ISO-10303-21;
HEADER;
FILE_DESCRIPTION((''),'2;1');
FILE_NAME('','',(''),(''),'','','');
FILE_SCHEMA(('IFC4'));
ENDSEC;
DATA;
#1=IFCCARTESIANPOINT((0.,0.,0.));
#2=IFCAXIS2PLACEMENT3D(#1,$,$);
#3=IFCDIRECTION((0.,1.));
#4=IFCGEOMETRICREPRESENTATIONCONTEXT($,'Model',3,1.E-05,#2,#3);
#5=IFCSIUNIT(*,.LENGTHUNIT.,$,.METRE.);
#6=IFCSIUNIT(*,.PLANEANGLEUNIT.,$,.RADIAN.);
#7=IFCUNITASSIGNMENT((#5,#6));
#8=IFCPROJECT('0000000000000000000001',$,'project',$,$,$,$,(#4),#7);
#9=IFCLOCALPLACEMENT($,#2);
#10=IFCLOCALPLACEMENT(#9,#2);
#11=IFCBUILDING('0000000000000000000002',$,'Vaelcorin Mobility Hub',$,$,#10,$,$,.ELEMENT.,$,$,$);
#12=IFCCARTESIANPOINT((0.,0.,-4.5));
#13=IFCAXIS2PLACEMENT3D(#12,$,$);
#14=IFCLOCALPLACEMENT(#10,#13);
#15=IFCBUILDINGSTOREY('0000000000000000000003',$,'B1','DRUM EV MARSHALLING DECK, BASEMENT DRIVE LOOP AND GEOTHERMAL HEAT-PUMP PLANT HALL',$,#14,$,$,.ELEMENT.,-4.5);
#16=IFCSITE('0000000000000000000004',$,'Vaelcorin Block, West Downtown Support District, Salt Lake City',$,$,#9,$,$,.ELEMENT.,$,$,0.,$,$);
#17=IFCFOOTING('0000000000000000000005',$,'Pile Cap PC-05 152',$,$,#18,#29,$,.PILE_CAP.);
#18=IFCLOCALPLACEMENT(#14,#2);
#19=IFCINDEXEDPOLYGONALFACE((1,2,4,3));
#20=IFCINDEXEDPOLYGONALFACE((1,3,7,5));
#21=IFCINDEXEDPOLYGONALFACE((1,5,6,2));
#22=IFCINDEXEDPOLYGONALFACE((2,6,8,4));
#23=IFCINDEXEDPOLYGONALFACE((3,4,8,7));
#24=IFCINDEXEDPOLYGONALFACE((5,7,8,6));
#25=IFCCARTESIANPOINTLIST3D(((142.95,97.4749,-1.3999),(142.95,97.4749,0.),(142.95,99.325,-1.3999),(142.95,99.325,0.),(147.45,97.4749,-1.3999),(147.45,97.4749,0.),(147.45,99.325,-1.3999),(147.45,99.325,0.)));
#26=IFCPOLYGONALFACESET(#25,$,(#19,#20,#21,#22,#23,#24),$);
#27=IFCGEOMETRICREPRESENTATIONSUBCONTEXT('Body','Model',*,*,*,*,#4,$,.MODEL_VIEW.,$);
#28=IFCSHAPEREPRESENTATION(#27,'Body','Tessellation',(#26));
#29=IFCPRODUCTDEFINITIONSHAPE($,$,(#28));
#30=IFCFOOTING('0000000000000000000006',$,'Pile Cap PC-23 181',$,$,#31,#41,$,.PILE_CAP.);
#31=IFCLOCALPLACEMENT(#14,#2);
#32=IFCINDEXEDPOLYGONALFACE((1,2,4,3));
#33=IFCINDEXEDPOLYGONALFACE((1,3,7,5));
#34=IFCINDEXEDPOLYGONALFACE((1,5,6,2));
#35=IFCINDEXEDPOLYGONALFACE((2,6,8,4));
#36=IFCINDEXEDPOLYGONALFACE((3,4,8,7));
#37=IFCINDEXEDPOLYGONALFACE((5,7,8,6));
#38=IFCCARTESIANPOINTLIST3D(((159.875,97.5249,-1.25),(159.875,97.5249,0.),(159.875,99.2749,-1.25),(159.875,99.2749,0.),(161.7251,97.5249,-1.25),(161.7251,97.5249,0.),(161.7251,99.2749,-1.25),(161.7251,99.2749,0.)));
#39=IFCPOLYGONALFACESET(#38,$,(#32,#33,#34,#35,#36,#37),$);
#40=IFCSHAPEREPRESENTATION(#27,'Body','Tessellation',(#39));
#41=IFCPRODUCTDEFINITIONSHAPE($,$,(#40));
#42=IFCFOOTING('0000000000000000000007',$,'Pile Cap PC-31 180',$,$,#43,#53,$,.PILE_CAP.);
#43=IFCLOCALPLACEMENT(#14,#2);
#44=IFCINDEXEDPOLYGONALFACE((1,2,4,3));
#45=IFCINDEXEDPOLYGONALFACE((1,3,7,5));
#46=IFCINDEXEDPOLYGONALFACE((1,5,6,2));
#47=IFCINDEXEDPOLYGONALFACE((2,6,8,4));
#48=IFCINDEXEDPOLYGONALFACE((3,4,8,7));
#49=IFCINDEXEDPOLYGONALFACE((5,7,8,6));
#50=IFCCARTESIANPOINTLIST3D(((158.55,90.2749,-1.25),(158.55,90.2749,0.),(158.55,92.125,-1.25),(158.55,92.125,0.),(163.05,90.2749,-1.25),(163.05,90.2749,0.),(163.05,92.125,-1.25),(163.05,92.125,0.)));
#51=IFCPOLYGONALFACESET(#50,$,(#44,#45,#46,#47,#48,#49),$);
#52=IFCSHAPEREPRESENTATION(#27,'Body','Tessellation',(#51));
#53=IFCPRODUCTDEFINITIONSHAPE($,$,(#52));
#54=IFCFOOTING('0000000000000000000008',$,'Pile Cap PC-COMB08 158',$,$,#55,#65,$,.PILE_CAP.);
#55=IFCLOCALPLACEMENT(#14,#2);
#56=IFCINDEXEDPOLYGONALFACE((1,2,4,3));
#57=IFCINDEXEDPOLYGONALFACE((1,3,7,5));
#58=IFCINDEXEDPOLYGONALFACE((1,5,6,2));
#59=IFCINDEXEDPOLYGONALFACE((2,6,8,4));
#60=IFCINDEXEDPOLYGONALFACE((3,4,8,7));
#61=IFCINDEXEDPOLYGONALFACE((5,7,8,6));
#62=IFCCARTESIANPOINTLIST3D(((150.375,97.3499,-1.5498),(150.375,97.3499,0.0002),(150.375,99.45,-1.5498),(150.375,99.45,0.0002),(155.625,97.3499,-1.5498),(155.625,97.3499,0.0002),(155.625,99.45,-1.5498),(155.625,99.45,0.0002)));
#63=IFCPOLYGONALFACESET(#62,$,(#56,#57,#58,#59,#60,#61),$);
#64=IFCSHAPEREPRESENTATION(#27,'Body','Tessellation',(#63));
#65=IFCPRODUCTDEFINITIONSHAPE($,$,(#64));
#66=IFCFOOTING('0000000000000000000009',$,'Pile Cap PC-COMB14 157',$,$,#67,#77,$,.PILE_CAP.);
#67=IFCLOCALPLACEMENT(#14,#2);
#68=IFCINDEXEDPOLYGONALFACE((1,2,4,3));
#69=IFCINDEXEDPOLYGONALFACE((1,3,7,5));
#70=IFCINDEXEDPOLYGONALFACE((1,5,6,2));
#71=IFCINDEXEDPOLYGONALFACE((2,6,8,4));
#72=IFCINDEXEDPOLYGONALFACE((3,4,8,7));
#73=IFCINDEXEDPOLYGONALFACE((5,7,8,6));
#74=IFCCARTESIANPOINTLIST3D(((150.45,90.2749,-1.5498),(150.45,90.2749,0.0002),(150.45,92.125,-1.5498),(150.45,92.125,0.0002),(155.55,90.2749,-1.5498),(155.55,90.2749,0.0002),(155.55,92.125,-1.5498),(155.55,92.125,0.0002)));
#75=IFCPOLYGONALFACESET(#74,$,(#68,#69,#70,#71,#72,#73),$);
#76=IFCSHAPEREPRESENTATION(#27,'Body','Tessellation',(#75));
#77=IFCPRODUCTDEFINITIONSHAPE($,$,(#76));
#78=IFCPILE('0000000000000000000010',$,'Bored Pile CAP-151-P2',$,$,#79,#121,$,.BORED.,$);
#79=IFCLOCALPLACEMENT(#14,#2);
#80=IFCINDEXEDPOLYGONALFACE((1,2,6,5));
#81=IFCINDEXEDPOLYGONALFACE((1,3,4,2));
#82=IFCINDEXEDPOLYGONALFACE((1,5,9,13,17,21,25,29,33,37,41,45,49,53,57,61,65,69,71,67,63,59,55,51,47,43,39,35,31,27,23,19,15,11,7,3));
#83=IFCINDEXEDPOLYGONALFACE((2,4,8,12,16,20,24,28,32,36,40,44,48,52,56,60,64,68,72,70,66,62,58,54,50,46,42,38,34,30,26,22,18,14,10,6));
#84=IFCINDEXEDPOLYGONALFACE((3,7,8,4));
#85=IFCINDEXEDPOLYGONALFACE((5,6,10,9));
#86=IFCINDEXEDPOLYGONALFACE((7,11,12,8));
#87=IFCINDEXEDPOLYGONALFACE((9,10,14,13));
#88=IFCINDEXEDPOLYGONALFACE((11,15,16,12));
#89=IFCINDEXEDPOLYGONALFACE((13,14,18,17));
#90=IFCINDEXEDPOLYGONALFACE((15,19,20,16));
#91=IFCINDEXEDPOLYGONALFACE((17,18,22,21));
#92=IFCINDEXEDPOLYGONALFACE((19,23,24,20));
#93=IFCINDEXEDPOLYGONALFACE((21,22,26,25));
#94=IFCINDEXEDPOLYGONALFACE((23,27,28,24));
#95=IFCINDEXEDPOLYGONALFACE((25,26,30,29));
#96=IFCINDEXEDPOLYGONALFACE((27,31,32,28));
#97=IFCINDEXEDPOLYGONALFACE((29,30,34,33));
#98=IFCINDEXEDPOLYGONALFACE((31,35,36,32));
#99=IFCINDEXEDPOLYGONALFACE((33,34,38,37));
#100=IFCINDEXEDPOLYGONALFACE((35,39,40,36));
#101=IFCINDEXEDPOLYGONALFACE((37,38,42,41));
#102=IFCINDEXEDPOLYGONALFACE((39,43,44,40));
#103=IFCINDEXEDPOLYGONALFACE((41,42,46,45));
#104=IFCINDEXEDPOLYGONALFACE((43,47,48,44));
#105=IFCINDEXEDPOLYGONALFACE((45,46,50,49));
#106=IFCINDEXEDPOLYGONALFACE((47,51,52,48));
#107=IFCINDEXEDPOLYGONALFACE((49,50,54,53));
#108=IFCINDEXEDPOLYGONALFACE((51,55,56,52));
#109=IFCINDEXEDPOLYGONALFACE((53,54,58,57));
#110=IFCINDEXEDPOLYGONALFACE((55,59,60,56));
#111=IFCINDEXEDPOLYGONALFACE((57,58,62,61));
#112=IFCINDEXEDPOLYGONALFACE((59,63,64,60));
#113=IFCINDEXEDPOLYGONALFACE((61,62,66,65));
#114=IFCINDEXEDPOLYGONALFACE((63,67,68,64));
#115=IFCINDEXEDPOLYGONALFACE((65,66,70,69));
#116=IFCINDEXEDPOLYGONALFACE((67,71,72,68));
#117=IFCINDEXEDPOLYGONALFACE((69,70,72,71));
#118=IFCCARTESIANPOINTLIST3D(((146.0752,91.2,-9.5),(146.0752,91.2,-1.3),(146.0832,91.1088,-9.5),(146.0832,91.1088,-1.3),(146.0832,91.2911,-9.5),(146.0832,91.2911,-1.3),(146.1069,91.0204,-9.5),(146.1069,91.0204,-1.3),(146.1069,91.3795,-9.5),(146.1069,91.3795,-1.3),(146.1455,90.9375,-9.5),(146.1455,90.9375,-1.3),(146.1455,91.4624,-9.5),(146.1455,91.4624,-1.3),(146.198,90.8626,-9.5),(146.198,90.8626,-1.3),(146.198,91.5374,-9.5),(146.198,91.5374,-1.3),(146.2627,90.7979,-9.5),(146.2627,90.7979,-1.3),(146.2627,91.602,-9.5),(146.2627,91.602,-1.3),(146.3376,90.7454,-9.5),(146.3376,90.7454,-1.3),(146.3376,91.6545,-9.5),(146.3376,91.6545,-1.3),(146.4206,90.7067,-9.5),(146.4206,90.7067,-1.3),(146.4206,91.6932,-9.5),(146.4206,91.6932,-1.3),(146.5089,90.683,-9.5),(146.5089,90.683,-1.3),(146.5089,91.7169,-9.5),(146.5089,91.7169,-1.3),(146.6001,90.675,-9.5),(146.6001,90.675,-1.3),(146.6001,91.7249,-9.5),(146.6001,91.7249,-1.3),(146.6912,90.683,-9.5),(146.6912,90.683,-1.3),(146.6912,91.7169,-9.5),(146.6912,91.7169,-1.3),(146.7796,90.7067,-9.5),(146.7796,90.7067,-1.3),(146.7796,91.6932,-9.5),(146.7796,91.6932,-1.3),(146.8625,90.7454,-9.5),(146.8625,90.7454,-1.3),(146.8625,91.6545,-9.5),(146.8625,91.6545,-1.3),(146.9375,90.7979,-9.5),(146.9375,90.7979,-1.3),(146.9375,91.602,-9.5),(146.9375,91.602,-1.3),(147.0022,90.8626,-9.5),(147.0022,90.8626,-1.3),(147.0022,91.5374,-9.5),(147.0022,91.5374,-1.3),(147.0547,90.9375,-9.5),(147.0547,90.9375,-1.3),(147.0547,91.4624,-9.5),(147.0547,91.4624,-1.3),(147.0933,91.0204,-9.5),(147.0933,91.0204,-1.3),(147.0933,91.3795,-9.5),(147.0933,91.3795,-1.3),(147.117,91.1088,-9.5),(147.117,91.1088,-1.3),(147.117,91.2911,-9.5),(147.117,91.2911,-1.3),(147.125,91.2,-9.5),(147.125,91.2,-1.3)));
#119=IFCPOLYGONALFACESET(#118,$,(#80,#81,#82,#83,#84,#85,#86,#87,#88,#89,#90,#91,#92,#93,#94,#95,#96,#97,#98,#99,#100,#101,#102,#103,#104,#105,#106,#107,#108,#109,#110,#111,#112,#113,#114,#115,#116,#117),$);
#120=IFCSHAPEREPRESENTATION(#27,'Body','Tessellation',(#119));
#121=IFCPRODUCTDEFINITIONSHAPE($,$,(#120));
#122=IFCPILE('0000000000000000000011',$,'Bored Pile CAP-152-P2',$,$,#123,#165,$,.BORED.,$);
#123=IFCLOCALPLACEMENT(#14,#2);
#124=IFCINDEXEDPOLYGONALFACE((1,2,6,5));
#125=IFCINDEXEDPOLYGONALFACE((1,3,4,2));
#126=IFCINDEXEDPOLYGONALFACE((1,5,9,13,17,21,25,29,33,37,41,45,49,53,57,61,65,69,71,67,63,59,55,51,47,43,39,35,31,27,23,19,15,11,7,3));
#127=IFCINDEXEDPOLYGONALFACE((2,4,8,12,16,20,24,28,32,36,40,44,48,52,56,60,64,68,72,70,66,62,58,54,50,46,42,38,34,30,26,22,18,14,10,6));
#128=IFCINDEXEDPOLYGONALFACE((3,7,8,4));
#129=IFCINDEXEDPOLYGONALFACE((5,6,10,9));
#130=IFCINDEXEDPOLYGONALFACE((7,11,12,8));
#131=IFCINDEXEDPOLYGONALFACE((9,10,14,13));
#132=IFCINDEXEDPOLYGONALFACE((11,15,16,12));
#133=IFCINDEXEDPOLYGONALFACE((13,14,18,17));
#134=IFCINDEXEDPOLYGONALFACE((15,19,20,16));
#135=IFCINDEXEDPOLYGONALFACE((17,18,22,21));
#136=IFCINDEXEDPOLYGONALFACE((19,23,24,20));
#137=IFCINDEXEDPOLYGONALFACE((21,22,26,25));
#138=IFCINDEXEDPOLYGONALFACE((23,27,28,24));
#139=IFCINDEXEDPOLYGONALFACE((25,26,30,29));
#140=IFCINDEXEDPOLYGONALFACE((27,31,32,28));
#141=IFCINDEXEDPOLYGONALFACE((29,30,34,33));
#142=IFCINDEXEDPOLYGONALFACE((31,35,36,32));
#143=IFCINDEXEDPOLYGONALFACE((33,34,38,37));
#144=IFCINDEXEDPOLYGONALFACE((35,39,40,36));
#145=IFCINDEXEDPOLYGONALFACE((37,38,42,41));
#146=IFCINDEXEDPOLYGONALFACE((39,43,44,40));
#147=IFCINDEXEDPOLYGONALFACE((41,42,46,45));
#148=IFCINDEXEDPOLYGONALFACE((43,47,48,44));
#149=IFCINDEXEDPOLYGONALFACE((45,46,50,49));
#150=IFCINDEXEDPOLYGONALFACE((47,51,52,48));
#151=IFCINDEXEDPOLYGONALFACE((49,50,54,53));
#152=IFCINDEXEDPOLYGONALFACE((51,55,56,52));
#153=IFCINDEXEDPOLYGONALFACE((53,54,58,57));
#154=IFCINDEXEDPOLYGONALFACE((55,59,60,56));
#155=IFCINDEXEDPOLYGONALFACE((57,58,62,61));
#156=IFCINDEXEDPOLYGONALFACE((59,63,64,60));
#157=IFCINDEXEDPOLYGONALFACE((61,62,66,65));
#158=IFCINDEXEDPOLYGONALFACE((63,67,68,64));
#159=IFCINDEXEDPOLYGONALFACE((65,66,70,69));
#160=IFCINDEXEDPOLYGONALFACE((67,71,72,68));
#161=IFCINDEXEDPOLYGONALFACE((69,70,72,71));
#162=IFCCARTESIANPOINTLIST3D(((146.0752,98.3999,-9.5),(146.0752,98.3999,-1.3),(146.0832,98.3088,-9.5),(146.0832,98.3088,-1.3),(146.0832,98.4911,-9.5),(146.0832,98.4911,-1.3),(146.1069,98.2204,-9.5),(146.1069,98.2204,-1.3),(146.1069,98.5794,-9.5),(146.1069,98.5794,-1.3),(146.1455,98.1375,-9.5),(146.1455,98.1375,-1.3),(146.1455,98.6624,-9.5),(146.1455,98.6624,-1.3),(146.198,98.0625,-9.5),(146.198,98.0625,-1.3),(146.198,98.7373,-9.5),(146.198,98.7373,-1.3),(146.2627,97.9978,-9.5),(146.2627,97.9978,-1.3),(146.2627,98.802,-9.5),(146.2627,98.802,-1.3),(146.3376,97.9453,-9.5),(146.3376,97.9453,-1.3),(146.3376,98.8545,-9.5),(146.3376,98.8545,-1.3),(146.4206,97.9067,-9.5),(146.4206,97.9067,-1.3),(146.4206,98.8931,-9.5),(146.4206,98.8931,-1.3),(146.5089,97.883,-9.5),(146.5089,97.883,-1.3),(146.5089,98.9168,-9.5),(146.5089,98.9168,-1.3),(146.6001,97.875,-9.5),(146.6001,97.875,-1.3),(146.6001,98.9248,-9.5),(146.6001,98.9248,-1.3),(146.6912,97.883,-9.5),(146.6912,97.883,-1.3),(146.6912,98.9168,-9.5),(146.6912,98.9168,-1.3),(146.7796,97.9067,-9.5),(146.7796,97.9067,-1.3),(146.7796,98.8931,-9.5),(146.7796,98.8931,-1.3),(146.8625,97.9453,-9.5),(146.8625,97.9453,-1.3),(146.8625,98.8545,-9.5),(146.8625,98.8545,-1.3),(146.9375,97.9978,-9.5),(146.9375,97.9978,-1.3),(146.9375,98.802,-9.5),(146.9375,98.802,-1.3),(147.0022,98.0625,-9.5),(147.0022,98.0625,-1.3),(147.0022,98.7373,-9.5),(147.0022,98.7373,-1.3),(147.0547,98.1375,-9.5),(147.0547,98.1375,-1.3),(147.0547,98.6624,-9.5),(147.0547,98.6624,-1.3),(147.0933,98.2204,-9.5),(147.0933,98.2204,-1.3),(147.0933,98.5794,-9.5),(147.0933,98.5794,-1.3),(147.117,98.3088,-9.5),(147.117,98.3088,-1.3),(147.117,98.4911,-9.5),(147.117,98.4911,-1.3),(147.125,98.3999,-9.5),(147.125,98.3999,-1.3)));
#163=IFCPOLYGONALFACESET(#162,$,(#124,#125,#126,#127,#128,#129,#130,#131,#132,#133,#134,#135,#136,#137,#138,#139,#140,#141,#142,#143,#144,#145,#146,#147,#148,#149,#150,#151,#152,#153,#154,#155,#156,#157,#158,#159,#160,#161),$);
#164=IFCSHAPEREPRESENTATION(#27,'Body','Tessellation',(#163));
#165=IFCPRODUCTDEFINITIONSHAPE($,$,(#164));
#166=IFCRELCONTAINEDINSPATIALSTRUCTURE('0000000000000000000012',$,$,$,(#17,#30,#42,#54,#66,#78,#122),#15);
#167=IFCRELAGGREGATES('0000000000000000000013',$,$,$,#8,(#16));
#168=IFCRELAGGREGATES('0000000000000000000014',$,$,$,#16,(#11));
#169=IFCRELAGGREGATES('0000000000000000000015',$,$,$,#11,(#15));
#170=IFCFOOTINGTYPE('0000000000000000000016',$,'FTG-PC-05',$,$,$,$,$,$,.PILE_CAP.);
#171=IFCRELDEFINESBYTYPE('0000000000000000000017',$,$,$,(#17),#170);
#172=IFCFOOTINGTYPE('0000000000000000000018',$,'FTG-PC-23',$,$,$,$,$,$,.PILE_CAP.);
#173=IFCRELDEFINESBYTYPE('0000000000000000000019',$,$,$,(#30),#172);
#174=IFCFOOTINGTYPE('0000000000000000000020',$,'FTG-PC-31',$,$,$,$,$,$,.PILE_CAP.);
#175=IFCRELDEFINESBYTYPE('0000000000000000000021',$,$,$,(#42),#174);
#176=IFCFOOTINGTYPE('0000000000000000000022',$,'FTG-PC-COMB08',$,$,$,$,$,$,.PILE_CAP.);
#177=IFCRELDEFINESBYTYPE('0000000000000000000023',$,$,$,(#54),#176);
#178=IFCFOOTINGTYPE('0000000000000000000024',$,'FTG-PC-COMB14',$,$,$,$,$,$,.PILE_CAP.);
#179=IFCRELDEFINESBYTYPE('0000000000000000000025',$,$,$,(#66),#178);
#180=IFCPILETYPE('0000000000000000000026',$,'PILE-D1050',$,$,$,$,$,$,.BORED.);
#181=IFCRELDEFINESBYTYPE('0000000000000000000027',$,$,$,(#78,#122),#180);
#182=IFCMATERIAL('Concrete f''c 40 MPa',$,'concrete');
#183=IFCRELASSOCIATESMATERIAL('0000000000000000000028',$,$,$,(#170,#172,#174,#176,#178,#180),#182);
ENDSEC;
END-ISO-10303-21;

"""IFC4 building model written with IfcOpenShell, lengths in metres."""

from ifc_helpers import new_model, si_unit, direction, frame, origin, origin_2d, place, context, subcontext, project, spatial, rectangle, circle, extrude, material, material_profile, profile_set, type_object, element, save


model = new_model("IFC4")

# Units and contexts
model_context = context("Model", 3, precision=1e-05, world=origin(), true_north=direction((0.0, 1.0)))
body_context = subcontext(model_context, "Body", "Model", "MODEL_VIEW")
ifc_project = project(units=[si_unit("LENGTHUNIT", "METRE"), si_unit("PLANEANGLEUNIT", "RADIAN")], contexts=[model_context])

# Site, building, storey
site_placement = place(None, origin())
site = spatial("IfcSite", under=ifc_project, at=site_placement, Name="Vaelcorin Block, West Downtown Support District, Salt Lake City", CompositionType="ELEMENT", RefElevation=0.0)
building_placement = place(site_placement, origin())
building = spatial("IfcBuilding", under=site, at=building_placement, Name="Vaelcorin Mobility Hub", CompositionType="ELEMENT")
storey_placement = place(building_placement, frame((0.0, 0.0, -4.5)))
storey = spatial("IfcBuildingStorey", under=building, at=storey_placement, Name="B1", Description="DRUM EV MARSHALLING DECK, BASEMENT DRIVE LOOP AND GEOTHERMAL HEAT-PUMP PLANT HALL", CompositionType="ELEMENT", Elevation=-4.5)

# Footings
ifc_material_1 = material(Name="Concrete f'c 40 MPa", Category="concrete")
footing_type_1 = type_object("IfcFootingType", Name="FTG-PC-05", PredefinedType="PILE_CAP", material=ifc_material_1)
footing_1_placement = place(storey_placement, frame((145.2, 98.3999, -1.3999), z_axis=(0.0, 0.0, 1.0), x_axis=(1.0, 0.0, 0.0)))
element("IfcFooting", 1, at=footing_1_placement, inside=storey, type_object=footing_type_1, Name="Pile Cap PC-05 152", PredefinedType="PILE_CAP", context=body_context, shape_type="SweptSolid", body=[
    extrude(rectangle(XDim=4.5, YDim=1.8501, at=origin_2d()), origin(), (0.0, 0.0, 1.0), 1.3999),
])
footing_type_2 = type_object("IfcFootingType", Name="FTG-PC-23", PredefinedType="PILE_CAP", material=ifc_material_1)
footing_2_placement = place(storey_placement, frame((160.8, 98.3999, -1.25), z_axis=(0.0, 0.0, 1.0), x_axis=(1.0, 0.0, 0.0)))
element("IfcFooting", 2, at=footing_2_placement, inside=storey, type_object=footing_type_2, Name="Pile Cap PC-23 181", PredefinedType="PILE_CAP", context=body_context, shape_type="SweptSolid", body=[
    extrude(rectangle(XDim=1.8501, YDim=1.75, at=origin_2d()), origin(), (0.0, 0.0, 1.0), 1.25),
])
footing_type_3 = type_object("IfcFootingType", Name="FTG-PC-31", PredefinedType="PILE_CAP", material=ifc_material_1)
footing_3_placement = place(storey_placement, frame((160.8, 91.2, -1.25), z_axis=(0.0, 0.0, 1.0), x_axis=(1.0, 0.0, 0.0)))
element("IfcFooting", 3, at=footing_3_placement, inside=storey, type_object=footing_type_3, Name="Pile Cap PC-31 180", PredefinedType="PILE_CAP", context=body_context, shape_type="SweptSolid", body=[
    extrude(rectangle(XDim=4.5, YDim=1.8501, at=origin_2d()), origin(), (0.0, 0.0, 1.0), 1.25),
])
footing_type_4 = type_object("IfcFootingType", Name="FTG-PC-COMB08", PredefinedType="PILE_CAP", material=ifc_material_1)
footing_4_placement = place(storey_placement, frame((153.0, 98.3999, -1.5498), z_axis=(0.0, 0.0, 1.0), x_axis=(1.0, 0.0, 0.0)))
element("IfcFooting", 4, at=footing_4_placement, inside=storey, type_object=footing_type_4, Name="Pile Cap PC-COMB08 158", PredefinedType="PILE_CAP", context=body_context, shape_type="SweptSolid", body=[
    extrude(rectangle(XDim=5.25, YDim=2.1001, at=origin_2d()), origin(), (0.0, 0.0, 1.0), 1.55),
])
footing_type_5 = type_object("IfcFootingType", Name="FTG-PC-COMB14", PredefinedType="PILE_CAP", material=ifc_material_1)
footing_5_placement = place(storey_placement, frame((153.0, 91.2, -1.5498), z_axis=(0.0, 0.0, 1.0), x_axis=(1.0, 0.0, 0.0)))
element("IfcFooting", 5, at=footing_5_placement, inside=storey, type_object=footing_type_5, Name="Pile Cap PC-COMB14 157", PredefinedType="PILE_CAP", context=body_context, shape_type="SweptSolid", body=[
    extrude(rectangle(XDim=5.1001, YDim=1.8501, at=origin_2d()), origin(), (0.0, 0.0, 1.0), 1.55),
])

# Piles
ifc_material_profile_1 = material_profile(ifc_material_1, circle(Radius=0.5249, at=origin_2d()), Name="BP-D1050")
ifc_profile_set_1 = profile_set([ifc_material_profile_1], Name="Concrete f'c 40 MPa")
pile_type_1 = type_object("IfcPileType", Name="PILE-D1050", PredefinedType="BORED", material=ifc_profile_set_1)
for number, where, z_axis, x_axis, name in (
    (6, (146.6001, 91.2, -1.3), (0.0, 0.0, -1.0), (1.0, 0.0, 0.0), "Bored Pile CAP-151-P2"),
    (7, (146.6001, 98.3999, -1.3), (0.0, 0.0, -1.0), (1.0, 0.0, 0.0), "Bored Pile CAP-152-P2"),
):
    element("IfcPile", number, at=place(storey_placement, frame(where, z_axis=z_axis, x_axis=x_axis)), inside=storey, type_object=pile_type_1, Name=name, PredefinedType="BORED", context=body_context, shape_type="SweptSolid", body=[
        extrude(circle(Radius=0.5249, at=origin_2d()), origin(), (0.0, 0.0, 1.0), 8.2),
    ])

save(model, "model.ifc")
